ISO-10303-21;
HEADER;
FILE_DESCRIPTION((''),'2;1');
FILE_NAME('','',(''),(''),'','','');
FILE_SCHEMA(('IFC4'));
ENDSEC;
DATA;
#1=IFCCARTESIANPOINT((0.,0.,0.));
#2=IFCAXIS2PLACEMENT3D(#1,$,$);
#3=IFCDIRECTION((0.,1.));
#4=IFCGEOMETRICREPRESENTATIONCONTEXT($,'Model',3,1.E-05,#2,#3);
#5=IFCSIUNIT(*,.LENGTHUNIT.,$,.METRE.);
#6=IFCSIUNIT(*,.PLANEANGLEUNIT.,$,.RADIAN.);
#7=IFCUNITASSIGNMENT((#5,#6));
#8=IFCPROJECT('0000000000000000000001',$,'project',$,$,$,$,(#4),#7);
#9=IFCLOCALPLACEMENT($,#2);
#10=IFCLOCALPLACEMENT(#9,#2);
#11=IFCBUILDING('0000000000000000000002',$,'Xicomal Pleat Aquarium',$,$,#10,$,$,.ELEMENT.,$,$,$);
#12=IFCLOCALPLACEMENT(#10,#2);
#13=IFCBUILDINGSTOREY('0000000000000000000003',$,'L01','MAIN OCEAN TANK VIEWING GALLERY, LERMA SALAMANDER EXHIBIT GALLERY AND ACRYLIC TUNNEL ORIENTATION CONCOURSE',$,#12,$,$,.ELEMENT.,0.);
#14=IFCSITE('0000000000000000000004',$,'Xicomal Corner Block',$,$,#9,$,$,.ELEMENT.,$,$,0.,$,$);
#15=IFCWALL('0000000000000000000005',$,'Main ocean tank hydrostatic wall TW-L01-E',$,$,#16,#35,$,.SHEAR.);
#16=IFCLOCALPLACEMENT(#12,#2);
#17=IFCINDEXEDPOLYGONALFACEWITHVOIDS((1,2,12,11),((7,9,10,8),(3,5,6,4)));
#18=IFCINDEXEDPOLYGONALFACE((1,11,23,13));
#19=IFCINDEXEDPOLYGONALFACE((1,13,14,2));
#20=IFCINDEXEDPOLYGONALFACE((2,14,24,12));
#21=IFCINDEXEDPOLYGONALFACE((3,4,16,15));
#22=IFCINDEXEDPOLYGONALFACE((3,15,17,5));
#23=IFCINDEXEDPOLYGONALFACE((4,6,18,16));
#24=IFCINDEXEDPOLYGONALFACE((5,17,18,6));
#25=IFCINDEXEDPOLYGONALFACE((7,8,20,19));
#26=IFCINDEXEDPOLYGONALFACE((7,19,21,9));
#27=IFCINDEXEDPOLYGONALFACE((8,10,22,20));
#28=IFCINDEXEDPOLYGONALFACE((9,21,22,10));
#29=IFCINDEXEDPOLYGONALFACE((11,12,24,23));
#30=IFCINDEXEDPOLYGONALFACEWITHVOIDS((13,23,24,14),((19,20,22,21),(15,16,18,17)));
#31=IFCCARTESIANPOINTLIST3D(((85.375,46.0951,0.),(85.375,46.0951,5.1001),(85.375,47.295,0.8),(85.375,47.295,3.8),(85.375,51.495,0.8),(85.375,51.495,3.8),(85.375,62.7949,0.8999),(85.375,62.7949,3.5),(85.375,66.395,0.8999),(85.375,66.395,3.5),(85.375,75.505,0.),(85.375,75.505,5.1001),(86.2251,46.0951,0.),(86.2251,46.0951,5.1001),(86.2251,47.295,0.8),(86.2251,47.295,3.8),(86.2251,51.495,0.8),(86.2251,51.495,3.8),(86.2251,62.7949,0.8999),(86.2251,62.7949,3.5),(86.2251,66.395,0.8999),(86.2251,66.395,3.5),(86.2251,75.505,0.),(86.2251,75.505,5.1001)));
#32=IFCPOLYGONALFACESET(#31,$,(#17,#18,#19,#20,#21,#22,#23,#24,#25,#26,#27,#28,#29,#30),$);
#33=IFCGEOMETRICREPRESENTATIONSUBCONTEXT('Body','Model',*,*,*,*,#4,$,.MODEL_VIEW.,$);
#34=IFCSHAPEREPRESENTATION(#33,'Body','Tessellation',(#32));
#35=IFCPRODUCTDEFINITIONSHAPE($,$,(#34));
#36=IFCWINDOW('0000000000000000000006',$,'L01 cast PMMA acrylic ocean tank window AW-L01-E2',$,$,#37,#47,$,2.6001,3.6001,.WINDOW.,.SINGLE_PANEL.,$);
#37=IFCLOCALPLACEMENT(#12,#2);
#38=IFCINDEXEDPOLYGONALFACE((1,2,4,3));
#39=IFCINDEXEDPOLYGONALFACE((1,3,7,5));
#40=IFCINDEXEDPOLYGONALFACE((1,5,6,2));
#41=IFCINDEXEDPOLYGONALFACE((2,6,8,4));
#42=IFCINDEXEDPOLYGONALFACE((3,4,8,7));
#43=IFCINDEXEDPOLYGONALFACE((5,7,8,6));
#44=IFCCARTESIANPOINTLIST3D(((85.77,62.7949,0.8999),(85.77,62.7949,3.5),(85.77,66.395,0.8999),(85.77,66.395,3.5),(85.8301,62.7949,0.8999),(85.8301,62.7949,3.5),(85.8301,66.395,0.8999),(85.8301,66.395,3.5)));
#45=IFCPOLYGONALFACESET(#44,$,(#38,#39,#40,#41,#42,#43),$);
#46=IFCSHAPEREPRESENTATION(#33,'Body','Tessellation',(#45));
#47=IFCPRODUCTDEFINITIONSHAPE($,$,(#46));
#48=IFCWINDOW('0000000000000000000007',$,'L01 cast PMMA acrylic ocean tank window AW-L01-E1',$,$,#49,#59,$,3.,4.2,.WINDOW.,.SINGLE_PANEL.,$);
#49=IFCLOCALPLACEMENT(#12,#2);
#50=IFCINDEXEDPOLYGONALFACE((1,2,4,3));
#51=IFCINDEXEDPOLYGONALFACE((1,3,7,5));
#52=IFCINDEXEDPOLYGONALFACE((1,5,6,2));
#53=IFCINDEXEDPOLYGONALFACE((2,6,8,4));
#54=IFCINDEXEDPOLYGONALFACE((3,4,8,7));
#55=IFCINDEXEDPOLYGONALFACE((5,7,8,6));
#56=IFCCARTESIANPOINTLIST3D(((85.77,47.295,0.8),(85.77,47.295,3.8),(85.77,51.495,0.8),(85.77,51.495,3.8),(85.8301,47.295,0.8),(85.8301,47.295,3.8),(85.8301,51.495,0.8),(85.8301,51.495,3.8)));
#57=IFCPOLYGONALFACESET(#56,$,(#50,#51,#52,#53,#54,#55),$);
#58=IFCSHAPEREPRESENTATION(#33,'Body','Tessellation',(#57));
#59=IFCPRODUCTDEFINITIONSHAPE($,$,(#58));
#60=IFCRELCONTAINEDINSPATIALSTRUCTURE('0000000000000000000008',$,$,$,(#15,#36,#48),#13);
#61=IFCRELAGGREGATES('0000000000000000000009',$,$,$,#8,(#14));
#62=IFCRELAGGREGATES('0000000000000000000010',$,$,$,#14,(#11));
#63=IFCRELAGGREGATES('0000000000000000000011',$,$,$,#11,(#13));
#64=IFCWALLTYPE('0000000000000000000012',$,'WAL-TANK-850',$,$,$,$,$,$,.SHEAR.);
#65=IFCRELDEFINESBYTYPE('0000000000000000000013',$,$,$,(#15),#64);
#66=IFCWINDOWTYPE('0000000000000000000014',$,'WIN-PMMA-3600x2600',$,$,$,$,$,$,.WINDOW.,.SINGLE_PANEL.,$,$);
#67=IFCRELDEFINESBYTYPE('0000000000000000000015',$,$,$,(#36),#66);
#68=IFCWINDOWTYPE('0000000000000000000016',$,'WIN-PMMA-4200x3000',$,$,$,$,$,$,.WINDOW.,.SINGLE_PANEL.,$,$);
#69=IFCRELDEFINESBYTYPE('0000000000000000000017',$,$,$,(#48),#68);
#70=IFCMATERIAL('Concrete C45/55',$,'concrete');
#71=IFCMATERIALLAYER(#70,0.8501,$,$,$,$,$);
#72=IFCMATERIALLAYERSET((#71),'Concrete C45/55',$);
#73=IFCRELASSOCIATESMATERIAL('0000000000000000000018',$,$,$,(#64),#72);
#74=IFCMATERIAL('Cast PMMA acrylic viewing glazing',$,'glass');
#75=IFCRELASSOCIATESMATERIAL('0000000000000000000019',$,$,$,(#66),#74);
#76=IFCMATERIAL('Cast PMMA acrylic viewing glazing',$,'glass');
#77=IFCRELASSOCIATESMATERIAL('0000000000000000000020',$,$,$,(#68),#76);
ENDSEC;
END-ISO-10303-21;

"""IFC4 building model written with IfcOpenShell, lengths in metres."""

from ifc_helpers import new_model, si_unit, direction, frame, frame_2d, origin, place, context, subcontext, project, spatial, rectangle, extrude, material, layer, layer_set, type_object, element, fill, save


model = new_model("IFC4")

# Units and contexts
model_context = context("Model", 3, precision=1e-05, world=origin(), true_north=direction((0.0, 1.0)))
body_context = subcontext(model_context, "Body", "Model", "MODEL_VIEW")
ifc_project = project(units=[si_unit("LENGTHUNIT", "METRE"), si_unit("PLANEANGLEUNIT", "RADIAN")], contexts=[model_context])

# Site, building, storey
site_placement = place(None, origin())
site = spatial("IfcSite", under=ifc_project, at=site_placement, Name="Xicomal Corner Block", CompositionType="ELEMENT", RefElevation=0.0)
building_placement = place(site_placement, origin())
building = spatial("IfcBuilding", under=site, at=building_placement, Name="Xicomal Pleat Aquarium", CompositionType="ELEMENT")
storey_placement = place(building_placement, origin())
storey = spatial("IfcBuildingStorey", under=building, at=storey_placement, Name="L01", Description="MAIN OCEAN TANK VIEWING GALLERY, LERMA SALAMANDER EXHIBIT GALLERY AND ACRYLIC TUNNEL ORIENTATION CONCOURSE", CompositionType="ELEMENT", Elevation=0.0)

# Wall, openings, windows
ifc_material_1 = material(Name="Concrete C45/55", Category="concrete")
ifc_layer = layer(ifc_material_1, 0.8501)
ifc_layer_set = layer_set([ifc_layer], Name="Concrete C45/55")
wall_type = type_object("IfcWallType", Name="WAL-TANK-850", PredefinedType="SHEAR", material=ifc_layer_set)
wall_placement = place(storey_placement, frame((85.8, 46.095, 0.0), z_axis=(0.0, 0.0, 1.0), x_axis=(0.0, 1.0, 0.0)))
wall = element("IfcWall", 1, at=wall_placement, inside=storey, type_object=wall_type, Name="Main ocean tank hydrostatic wall TW-L01-E", PredefinedType="SHEAR", context=body_context, shape_type="SweptSolid", body=[
    extrude(rectangle(XDim=29.4099, YDim=0.8501, at=frame_2d((14.7051, 0.0))), origin(), (0.0, 0.0, 1.0), 5.1001),
])
opening_1_placement = place(wall_placement, frame((1.2, 0.0, 0.8)))
opening_1 = element("IfcOpeningElement", 2, at=opening_1_placement, cuts=wall, PredefinedType="OPENING", context=body_context, shape_type="SweptSolid", body=[
    extrude(rectangle(XDim=4.2, YDim=3.0, at=frame_2d((2.1001, 1.5))), frame((0.0, 0.4351, 0.0), z_axis=(0.0, -1.0, 0.0), x_axis=(1.0, 0.0, 0.0)), (0.0, 0.0, 1.0), 0.8701),
])
opening_2_placement = place(wall_placement, frame((16.7, 0.0, 0.8999)))
opening_2 = element("IfcOpeningElement", 3, at=opening_2_placement, cuts=wall, PredefinedType="OPENING", context=body_context, shape_type="SweptSolid", body=[
    extrude(rectangle(XDim=3.6001, YDim=2.6001, at=frame_2d((1.8, 1.3))), frame((0.0, 0.4351, 0.0), z_axis=(0.0, -1.0, 0.0), x_axis=(1.0, 0.0, 0.0)), (0.0, 0.0, 1.0), 0.8701),
])
ifc_material_2 = material(Name="Cast PMMA acrylic viewing glazing", Category="glass")
window_type_1 = type_object("IfcWindowType", Name="WIN-PMMA-3600x2600", PartitioningType="SINGLE_PANEL", PredefinedType="WINDOW", material=ifc_material_2)
window_1_placement = place(opening_2_placement, origin())
window_1 = element("IfcWindow", 4, at=window_1_placement, inside=storey, type_object=window_type_1, Name="L01 cast PMMA acrylic ocean tank window AW-L01-E2", OverallHeight=2.6001, OverallWidth=3.6001, PartitioningType="SINGLE_PANEL", PredefinedType="WINDOW", context=body_context, shape_type="SweptSolid", body=[
    extrude(rectangle(XDim=3.6001, YDim=2.6001, at=frame_2d((1.8, 1.3))), frame((0.0, 0.03, 0.0), z_axis=(0.0, -1.0, 0.0), x_axis=(1.0, 0.0, 0.0)), (0.0, 0.0, 1.0), 0.0601),
])
fill(opening_2, window_1)
ifc_material_3 = material(Name="Cast PMMA acrylic viewing glazing", Category="glass")
window_type_2 = type_object("IfcWindowType", Name="WIN-PMMA-4200x3000", PartitioningType="SINGLE_PANEL", PredefinedType="WINDOW", material=ifc_material_3)
window_2_placement = place(opening_1_placement, origin())
window_2 = element("IfcWindow", 5, at=window_2_placement, inside=storey, type_object=window_type_2, Name="L01 cast PMMA acrylic ocean tank window AW-L01-E1", OverallHeight=3.0, OverallWidth=4.2, PartitioningType="SINGLE_PANEL", PredefinedType="WINDOW", context=body_context, shape_type="SweptSolid", body=[
    extrude(rectangle(XDim=4.2, YDim=3.0, at=frame_2d((2.1001, 1.5))), frame((0.0, 0.03, 0.0), z_axis=(0.0, -1.0, 0.0), x_axis=(1.0, 0.0, 0.0)), (0.0, 0.0, 1.0), 0.0601),
])
fill(opening_1, window_2)

save(model, "model.ifc")
